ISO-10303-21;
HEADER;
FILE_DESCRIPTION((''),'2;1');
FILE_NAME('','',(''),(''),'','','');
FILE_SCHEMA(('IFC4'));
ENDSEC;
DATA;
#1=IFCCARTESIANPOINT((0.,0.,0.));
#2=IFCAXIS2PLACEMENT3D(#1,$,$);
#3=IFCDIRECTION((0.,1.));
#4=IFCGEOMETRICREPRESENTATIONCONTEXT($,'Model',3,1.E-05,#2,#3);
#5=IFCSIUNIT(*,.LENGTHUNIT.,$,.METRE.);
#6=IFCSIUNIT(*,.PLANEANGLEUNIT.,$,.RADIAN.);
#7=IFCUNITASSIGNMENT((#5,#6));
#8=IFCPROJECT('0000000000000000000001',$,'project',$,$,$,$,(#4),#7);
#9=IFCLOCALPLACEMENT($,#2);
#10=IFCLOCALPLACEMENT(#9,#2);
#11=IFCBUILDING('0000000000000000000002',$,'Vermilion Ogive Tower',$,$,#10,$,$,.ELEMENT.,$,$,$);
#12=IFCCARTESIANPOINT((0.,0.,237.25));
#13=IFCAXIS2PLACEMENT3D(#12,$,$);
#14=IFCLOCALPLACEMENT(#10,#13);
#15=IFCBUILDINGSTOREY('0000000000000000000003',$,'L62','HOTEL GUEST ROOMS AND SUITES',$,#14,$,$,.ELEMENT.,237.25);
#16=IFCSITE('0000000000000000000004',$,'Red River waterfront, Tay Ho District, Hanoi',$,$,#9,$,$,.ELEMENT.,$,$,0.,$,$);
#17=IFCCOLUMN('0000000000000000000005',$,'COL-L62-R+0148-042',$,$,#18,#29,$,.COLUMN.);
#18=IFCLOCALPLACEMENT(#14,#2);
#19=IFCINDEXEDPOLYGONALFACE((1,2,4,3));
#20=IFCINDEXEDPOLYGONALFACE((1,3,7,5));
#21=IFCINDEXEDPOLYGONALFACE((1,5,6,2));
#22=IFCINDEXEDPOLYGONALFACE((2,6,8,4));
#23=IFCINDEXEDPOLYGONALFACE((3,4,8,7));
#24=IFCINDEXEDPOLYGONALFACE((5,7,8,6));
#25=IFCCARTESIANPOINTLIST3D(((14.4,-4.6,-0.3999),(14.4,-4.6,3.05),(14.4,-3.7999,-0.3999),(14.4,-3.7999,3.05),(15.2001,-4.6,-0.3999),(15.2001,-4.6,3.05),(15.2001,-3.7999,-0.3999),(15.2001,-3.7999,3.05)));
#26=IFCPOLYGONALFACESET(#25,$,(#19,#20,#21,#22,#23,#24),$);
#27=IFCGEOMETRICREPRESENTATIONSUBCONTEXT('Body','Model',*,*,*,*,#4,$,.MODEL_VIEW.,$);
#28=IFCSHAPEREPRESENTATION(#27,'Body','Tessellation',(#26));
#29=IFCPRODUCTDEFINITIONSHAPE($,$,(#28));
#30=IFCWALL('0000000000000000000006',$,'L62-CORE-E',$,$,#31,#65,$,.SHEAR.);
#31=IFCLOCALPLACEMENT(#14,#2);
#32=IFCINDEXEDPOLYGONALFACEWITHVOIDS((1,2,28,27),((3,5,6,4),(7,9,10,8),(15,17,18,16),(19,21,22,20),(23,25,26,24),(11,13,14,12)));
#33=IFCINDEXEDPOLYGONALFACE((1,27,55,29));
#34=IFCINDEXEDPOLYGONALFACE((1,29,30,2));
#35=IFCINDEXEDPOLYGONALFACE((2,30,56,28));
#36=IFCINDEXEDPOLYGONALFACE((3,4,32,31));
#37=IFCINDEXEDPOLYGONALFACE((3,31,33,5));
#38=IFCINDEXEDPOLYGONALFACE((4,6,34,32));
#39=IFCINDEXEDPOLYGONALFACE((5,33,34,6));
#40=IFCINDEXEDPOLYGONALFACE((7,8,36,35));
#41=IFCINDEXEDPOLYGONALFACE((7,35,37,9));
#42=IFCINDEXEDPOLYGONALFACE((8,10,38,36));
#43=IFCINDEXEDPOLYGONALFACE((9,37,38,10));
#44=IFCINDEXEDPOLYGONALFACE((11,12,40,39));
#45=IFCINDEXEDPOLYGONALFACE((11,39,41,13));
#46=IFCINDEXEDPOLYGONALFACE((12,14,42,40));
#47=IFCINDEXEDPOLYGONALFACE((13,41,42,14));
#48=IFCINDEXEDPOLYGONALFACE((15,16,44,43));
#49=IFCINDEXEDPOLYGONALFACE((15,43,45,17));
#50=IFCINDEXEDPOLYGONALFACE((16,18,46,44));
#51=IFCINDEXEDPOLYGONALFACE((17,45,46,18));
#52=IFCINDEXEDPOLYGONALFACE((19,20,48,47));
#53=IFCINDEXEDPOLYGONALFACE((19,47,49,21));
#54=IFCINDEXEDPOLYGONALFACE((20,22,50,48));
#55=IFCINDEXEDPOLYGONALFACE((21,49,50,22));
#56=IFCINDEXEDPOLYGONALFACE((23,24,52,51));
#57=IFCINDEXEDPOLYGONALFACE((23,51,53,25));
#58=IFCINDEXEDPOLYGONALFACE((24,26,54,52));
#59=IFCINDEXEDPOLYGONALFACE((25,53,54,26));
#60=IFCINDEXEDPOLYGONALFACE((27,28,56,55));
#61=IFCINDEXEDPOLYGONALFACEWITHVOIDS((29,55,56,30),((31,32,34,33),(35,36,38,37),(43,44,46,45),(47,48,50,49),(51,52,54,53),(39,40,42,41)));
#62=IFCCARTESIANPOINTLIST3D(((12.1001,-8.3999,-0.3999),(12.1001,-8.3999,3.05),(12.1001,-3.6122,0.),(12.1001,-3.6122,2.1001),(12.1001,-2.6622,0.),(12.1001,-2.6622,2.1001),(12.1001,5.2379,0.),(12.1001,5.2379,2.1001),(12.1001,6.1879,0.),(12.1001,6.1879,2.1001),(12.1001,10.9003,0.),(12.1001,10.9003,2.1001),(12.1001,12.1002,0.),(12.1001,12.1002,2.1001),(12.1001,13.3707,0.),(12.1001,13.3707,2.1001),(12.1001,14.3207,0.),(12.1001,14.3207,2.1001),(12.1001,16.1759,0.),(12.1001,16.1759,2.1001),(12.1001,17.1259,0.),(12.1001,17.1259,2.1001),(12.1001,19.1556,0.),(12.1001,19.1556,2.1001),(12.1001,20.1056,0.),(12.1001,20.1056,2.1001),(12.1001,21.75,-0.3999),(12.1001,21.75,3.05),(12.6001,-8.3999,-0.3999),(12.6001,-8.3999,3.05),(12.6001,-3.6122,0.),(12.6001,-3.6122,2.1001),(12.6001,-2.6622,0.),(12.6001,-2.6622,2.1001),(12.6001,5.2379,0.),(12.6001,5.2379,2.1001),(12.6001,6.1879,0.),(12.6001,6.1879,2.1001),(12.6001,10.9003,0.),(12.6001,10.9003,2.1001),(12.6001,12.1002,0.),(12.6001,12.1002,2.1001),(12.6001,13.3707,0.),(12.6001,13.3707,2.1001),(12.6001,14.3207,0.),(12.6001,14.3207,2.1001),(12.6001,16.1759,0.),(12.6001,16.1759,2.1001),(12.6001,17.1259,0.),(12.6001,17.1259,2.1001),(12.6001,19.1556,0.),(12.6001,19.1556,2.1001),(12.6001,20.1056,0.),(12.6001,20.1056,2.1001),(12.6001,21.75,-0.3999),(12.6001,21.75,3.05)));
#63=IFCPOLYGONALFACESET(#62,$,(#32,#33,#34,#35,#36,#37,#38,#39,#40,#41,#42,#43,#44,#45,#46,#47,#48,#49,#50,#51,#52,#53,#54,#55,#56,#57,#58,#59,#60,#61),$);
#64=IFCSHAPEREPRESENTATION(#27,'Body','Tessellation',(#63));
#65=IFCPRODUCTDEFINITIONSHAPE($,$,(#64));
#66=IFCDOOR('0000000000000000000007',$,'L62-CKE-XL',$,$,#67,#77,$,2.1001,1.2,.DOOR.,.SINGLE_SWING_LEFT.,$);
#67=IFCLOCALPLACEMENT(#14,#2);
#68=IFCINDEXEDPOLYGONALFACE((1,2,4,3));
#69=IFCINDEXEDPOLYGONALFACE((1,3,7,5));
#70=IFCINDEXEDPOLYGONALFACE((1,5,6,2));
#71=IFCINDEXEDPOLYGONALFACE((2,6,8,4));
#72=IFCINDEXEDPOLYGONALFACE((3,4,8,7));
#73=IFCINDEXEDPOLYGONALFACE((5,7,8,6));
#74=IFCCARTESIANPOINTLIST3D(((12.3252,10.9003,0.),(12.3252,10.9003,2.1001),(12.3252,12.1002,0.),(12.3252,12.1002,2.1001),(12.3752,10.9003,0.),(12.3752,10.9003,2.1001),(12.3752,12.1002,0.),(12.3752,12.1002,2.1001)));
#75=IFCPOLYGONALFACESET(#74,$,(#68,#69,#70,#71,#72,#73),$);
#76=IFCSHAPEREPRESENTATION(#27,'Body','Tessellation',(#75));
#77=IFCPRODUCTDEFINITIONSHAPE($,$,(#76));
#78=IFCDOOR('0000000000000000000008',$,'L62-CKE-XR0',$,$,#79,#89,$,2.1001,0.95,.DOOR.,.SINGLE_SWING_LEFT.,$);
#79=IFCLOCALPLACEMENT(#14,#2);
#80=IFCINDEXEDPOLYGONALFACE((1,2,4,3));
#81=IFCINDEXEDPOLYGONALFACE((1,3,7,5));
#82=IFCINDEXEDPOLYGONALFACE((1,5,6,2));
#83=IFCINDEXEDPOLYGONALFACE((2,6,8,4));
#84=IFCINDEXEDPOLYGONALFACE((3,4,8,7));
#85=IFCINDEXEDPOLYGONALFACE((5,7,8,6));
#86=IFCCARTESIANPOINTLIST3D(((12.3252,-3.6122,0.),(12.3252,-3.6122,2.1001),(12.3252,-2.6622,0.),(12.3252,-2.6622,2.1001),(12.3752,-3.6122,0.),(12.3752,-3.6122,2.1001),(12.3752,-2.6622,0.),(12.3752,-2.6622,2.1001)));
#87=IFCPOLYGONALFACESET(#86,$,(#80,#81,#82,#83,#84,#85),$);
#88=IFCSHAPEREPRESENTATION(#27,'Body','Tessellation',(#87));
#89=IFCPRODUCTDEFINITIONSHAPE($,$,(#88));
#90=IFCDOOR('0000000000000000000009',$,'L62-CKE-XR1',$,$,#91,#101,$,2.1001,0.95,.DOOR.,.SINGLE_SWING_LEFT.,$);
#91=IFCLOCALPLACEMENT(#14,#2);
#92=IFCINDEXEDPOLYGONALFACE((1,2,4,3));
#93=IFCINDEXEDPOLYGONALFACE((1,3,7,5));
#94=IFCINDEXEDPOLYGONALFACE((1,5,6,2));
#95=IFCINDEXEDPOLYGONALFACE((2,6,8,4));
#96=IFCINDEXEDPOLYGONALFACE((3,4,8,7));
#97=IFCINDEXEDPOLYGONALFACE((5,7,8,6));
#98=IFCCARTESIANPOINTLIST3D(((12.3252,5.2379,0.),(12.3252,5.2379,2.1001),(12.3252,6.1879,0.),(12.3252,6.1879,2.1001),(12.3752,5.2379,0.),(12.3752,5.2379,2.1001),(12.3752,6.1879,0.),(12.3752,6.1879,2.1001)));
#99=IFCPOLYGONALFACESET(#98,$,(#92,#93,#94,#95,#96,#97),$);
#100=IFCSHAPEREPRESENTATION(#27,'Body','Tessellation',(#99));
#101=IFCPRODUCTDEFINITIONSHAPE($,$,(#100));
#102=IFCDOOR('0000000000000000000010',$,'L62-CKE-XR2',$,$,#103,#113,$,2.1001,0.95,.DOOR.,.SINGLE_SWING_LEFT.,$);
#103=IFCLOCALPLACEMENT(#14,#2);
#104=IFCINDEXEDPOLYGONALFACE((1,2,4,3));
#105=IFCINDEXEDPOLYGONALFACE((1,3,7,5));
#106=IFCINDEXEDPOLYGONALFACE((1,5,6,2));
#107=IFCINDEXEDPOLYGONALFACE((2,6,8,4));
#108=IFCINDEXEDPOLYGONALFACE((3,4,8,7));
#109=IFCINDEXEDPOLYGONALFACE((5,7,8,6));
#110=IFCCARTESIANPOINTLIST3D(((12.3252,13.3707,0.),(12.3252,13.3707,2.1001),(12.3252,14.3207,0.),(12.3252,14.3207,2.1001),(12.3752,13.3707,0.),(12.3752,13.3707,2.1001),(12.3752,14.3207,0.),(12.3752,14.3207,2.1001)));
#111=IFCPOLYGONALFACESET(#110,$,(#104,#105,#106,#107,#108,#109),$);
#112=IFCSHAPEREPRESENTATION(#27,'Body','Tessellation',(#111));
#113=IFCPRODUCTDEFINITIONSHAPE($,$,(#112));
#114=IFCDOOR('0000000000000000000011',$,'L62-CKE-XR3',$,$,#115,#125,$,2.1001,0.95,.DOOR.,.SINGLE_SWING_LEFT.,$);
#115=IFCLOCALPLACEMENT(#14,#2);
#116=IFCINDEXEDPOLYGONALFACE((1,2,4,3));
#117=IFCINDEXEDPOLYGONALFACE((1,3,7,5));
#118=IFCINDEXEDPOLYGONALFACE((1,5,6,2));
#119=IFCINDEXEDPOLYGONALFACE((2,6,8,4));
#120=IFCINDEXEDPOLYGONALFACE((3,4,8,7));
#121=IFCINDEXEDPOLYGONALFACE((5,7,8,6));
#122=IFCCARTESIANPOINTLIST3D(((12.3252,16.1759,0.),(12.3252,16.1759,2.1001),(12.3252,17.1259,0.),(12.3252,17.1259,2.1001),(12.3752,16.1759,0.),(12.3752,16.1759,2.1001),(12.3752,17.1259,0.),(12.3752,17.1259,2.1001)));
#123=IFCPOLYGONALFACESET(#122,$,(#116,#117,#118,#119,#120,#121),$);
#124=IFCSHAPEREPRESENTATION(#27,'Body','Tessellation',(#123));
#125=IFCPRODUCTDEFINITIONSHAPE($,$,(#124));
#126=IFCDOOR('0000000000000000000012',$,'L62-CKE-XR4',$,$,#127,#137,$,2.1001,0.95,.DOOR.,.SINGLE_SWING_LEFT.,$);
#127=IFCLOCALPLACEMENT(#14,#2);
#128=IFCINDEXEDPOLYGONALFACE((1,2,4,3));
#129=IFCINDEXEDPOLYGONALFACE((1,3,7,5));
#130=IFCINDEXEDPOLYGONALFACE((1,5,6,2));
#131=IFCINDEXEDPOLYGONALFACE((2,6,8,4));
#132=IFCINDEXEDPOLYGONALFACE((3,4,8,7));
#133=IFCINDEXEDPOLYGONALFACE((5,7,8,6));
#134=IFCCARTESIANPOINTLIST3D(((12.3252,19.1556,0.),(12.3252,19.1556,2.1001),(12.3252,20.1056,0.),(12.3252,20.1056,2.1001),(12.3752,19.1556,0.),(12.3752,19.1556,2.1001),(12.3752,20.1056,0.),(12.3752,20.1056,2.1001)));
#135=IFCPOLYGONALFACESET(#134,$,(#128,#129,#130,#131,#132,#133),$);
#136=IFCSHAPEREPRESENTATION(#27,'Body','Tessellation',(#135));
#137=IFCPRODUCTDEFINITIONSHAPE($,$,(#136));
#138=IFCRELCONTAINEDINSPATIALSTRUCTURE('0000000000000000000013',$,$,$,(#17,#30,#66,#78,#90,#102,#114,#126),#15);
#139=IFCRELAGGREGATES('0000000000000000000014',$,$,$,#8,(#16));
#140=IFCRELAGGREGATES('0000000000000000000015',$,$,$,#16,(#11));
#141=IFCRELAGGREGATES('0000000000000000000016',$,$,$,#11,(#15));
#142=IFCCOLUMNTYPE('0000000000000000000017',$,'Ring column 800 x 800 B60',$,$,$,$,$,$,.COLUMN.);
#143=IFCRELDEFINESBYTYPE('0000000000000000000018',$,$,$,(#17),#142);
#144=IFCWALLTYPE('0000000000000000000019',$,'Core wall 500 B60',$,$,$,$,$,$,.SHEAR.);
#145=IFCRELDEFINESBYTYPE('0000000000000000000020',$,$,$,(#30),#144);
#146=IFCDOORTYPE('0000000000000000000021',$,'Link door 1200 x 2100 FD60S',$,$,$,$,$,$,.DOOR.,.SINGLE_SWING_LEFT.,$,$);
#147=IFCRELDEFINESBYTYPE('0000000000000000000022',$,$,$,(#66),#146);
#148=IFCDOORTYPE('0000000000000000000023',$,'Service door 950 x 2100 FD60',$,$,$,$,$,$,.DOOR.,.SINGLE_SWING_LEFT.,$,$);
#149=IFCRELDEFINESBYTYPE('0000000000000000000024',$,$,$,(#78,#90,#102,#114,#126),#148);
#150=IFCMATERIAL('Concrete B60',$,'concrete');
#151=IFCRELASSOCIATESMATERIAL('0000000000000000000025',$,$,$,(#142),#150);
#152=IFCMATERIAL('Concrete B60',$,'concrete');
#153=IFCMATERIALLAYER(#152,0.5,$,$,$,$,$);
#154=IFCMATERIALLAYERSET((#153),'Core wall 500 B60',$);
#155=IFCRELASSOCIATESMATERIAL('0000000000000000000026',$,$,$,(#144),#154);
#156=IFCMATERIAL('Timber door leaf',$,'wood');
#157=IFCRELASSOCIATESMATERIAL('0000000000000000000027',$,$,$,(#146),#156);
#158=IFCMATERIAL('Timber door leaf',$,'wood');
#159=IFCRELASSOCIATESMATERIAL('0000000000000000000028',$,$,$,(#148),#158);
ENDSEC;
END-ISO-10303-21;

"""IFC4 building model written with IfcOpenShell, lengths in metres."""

from ifc_helpers import new_model, si_unit, direction, frame, frame_2d, origin, origin_2d, place, context, subcontext, project, spatial, rectangle, extrude, material, layer, layer_set, material_profile, profile_set, type_object, element, fill, save


model = new_model("IFC4")

# Units and contexts
model_context = context("Model", 3, precision=1e-05, world=origin(), true_north=direction((0.0, 1.0)))
body_context = subcontext(model_context, "Body", "Model", "MODEL_VIEW")
ifc_project = project(units=[si_unit("LENGTHUNIT", "METRE"), si_unit("PLANEANGLEUNIT", "RADIAN")], contexts=[model_context])

# Site, building, storey
site_placement = place(None, origin())
site = spatial("IfcSite", under=ifc_project, at=site_placement, Name="Red River waterfront, Tay Ho District, Hanoi", CompositionType="ELEMENT", RefElevation=0.0)
building_placement = place(site_placement, origin())
building = spatial("IfcBuilding", under=site, at=building_placement, Name="Vermilion Ogive Tower", CompositionType="ELEMENT")
storey_placement = place(building_placement, frame((0.0, 0.0, 237.25)))
storey = spatial("IfcBuildingStorey", under=building, at=storey_placement, Name="L62", Description="HOTEL GUEST ROOMS AND SUITES", CompositionType="ELEMENT", Elevation=237.25)

# Column
ifc_material_1 = material(Name="Concrete B60", Category="concrete")
ifc_material_profile = material_profile(ifc_material_1, rectangle(XDim=0.8, YDim=0.8, at=origin_2d()), Name="800 x 800")
ifc_profile_set = profile_set([ifc_material_profile], Name="Concrete B60")
column_type = type_object("IfcColumnType", Name="Ring column 800 x 800 B60", PredefinedType="COLUMN", material=ifc_profile_set)
column_placement = place(storey_placement, frame((14.8, -4.2, -0.3999), z_axis=(0.0, 0.0, 1.0), x_axis=(1.0, 0.0, 0.0)))
element("IfcColumn", 1, at=column_placement, inside=storey, type_object=column_type, Name="COL-L62-R+0148-042", PredefinedType="COLUMN", context=body_context, shape_type="SweptSolid", body=[
    extrude(rectangle(XDim=0.8, YDim=0.8, at=origin_2d()), origin(), (0.0, 0.0, 1.0), 3.45),
])

# Wall, openings, doors
ifc_material_2 = material(Name="Concrete B60", Category="concrete")
ifc_layer_1 = layer(ifc_material_2, 0.5)
ifc_layer_set_1 = layer_set([ifc_layer_1], Name="Core wall 500 B60")
wall_type_1 = type_object("IfcWallType", Name="Core wall 500 B60", PredefinedType="SHEAR", material=ifc_layer_set_1)
wall_1_placement = place(storey_placement, frame((12.3501, -8.3999, -0.3999), z_axis=(0.0, 0.0, 1.0), x_axis=(0.0, 1.0, 0.0)))
wall_1 = element("IfcWall", 2, at=wall_1_placement, inside=storey, type_object=wall_type_1, Name="L62-CORE-E", PredefinedType="SHEAR", context=body_context, shape_type="SweptSolid", body=[
    extrude(rectangle(XDim=30.1499, YDim=0.5, at=frame_2d((15.075, 0.0))), origin(), (0.0, 0.0, 1.0), 3.45),
])
opening_1_placement = place(wall_1_placement, frame((4.7876, 0.0, 0.3999)))
opening_1 = element("IfcOpeningElement", 3, at=opening_1_placement, cuts=wall_1, PredefinedType="OPENING", context=body_context, shape_type="SweptSolid", body=[
    extrude(rectangle(XDim=0.95, YDim=2.1001, at=frame_2d((0.4751, 1.05))), frame((0.0, 0.26, 0.0), z_axis=(0.0, -1.0, 0.0), x_axis=(1.0, 0.0, 0.0)), (0.0, 0.0, 1.0), 0.52),
])
opening_2_placement = place(wall_1_placement, frame((13.6377, 0.0, 0.3999)))
opening_2 = element("IfcOpeningElement", 4, at=opening_2_placement, cuts=wall_1, PredefinedType="OPENING", context=body_context, shape_type="SweptSolid", body=[
    extrude(rectangle(XDim=0.95, YDim=2.1001, at=frame_2d((0.4751, 1.05))), frame((0.0, 0.26, 0.0), z_axis=(0.0, -1.0, 0.0), x_axis=(1.0, 0.0, 0.0)), (0.0, 0.0, 1.0), 0.52),
])
opening_3_placement = place(wall_1_placement, frame((21.7705, 0.0, 0.3999)))
opening_3 = element("IfcOpeningElement", 5, at=opening_3_placement, cuts=wall_1, PredefinedType="OPENING", context=body_context, shape_type="SweptSolid", body=[
    extrude(rectangle(XDim=0.95, YDim=2.1001, at=frame_2d((0.4751, 1.05))), frame((0.0, 0.26, 0.0), z_axis=(0.0, -1.0, 0.0), x_axis=(1.0, 0.0, 0.0)), (0.0, 0.0, 1.0), 0.52),
])
opening_4_placement = place(wall_1_placement, frame((24.5757, 0.0, 0.3999)))
opening_4 = element("IfcOpeningElement", 6, at=opening_4_placement, cuts=wall_1, PredefinedType="OPENING", context=body_context, shape_type="SweptSolid", body=[
    extrude(rectangle(XDim=0.95, YDim=2.1001, at=frame_2d((0.4751, 1.05))), frame((0.0, 0.26, 0.0), z_axis=(0.0, -1.0, 0.0), x_axis=(1.0, 0.0, 0.0)), (0.0, 0.0, 1.0), 0.52),
])
opening_5_placement = place(wall_1_placement, frame((27.5554, 0.0, 0.3999)))
opening_5 = element("IfcOpeningElement", 7, at=opening_5_placement, cuts=wall_1, PredefinedType="OPENING", context=body_context, shape_type="SweptSolid", body=[
    extrude(rectangle(XDim=0.95, YDim=2.1001, at=frame_2d((0.4751, 1.05))), frame((0.0, 0.26, 0.0), z_axis=(0.0, -1.0, 0.0), x_axis=(1.0, 0.0, 0.0)), (0.0, 0.0, 1.0), 0.52),
])
opening_6_placement = place(wall_1_placement, frame((19.3, 0.0, 0.3999)))
opening_6 = element("IfcOpeningElement", 8, at=opening_6_placement, cuts=wall_1, PredefinedType="OPENING", context=body_context, shape_type="SweptSolid", body=[
    extrude(rectangle(XDim=1.2, YDim=2.1001, at=frame_2d((0.6001, 1.05))), frame((0.0, 0.26, 0.0), z_axis=(0.0, -1.0, 0.0), x_axis=(1.0, 0.0, 0.0)), (0.0, 0.0, 1.0), 0.52),
])
ifc_material_3 = material(Name="Timber door leaf", Category="wood")
door_type_1 = type_object("IfcDoorType", Name="Link door 1200 x 2100 FD60S", OperationType="SINGLE_SWING_LEFT", PredefinedType="DOOR", material=ifc_material_3)
door_1_placement = place(opening_6_placement, origin())
door_1 = element("IfcDoor", 9, at=door_1_placement, inside=storey, type_object=door_type_1, Name="L62-CKE-XL", OperationType="SINGLE_SWING_LEFT", OverallHeight=2.1001, OverallWidth=1.2, PredefinedType="DOOR", context=body_context, shape_type="SweptSolid", body=[
    extrude(rectangle(XDim=1.2, YDim=2.1001, at=frame_2d((0.6001, 1.05))), frame((0.0, 0.0249, 0.0), z_axis=(0.0, -1.0, 0.0), x_axis=(1.0, 0.0, 0.0)), (0.0, 0.0, 1.0), 0.05),
])
fill(opening_6, door_1)
ifc_material_4 = material(Name="Timber door leaf", Category="wood")
door_type_2 = type_object("IfcDoorType", Name="Service door 950 x 2100 FD60", OperationType="SINGLE_SWING_LEFT", PredefinedType="DOOR", material=ifc_material_4)
door_2_placement = place(opening_1_placement, origin())
door_2 = element("IfcDoor", 10, at=door_2_placement, inside=storey, type_object=door_type_2, Name="L62-CKE-XR0", OperationType="SINGLE_SWING_LEFT", OverallHeight=2.1001, OverallWidth=0.95, PredefinedType="DOOR", context=body_context, shape_type="SweptSolid", body=[
    extrude(rectangle(XDim=0.95, YDim=2.1001, at=frame_2d((0.4751, 1.05))), frame((0.0, 0.0249, 0.0), z_axis=(0.0, -1.0, 0.0), x_axis=(1.0, 0.0, 0.0)), (0.0, 0.0, 1.0), 0.05),
])
fill(opening_1, door_2)
door_3_placement = place(opening_2_placement, origin())
door_3 = element("IfcDoor", 11, at=door_3_placement, inside=storey, type_object=door_type_2, Name="L62-CKE-XR1", OperationType="SINGLE_SWING_LEFT", OverallHeight=2.1001, OverallWidth=0.95, PredefinedType="DOOR", context=body_context, shape_type="SweptSolid", body=[
    extrude(rectangle(XDim=0.95, YDim=2.1001, at=frame_2d((0.4751, 1.05))), frame((0.0, 0.0249, 0.0), z_axis=(0.0, -1.0, 0.0), x_axis=(1.0, 0.0, 0.0)), (0.0, 0.0, 1.0), 0.05),
])
fill(opening_2, door_3)
door_4_placement = place(opening_3_placement, origin())
door_4 = element("IfcDoor", 12, at=door_4_placement, inside=storey, type_object=door_type_2, Name="L62-CKE-XR2", OperationType="SINGLE_SWING_LEFT", OverallHeight=2.1001, OverallWidth=0.95, PredefinedType="DOOR", context=body_context, shape_type="SweptSolid", body=[
    extrude(rectangle(XDim=0.95, YDim=2.1001, at=frame_2d((0.4751, 1.05))), frame((0.0, 0.0249, 0.0), z_axis=(0.0, -1.0, 0.0), x_axis=(1.0, 0.0, 0.0)), (0.0, 0.0, 1.0), 0.05),
])
fill(opening_3, door_4)
door_5_placement = place(opening_4_placement, origin())
door_5 = element("IfcDoor", 13, at=door_5_placement, inside=storey, type_object=door_type_2, Name="L62-CKE-XR3", OperationType="SINGLE_SWING_LEFT", OverallHeight=2.1001, OverallWidth=0.95, PredefinedType="DOOR", context=body_context, shape_type="SweptSolid", body=[
    extrude(rectangle(XDim=0.95, YDim=2.1001, at=frame_2d((0.4751, 1.05))), frame((0.0, 0.0249, 0.0), z_axis=(0.0, -1.0, 0.0), x_axis=(1.0, 0.0, 0.0)), (0.0, 0.0, 1.0), 0.05),
])
fill(opening_4, door_5)
door_6_placement = place(opening_5_placement, origin())
door_6 = element("IfcDoor", 14, at=door_6_placement, inside=storey, type_object=door_type_2, Name="L62-CKE-XR4", OperationType="SINGLE_SWING_LEFT", OverallHeight=2.1001, OverallWidth=0.95, PredefinedType="DOOR", context=body_context, shape_type="SweptSolid", body=[
    extrude(rectangle(XDim=0.95, YDim=2.1001, at=frame_2d((0.4751, 1.05))), frame((0.0, 0.0249, 0.0), z_axis=(0.0, -1.0, 0.0), x_axis=(1.0, 0.0, 0.0)), (0.0, 0.0, 1.0), 0.05),
])
fill(opening_5, door_6)

save(model, "model.ifc")
